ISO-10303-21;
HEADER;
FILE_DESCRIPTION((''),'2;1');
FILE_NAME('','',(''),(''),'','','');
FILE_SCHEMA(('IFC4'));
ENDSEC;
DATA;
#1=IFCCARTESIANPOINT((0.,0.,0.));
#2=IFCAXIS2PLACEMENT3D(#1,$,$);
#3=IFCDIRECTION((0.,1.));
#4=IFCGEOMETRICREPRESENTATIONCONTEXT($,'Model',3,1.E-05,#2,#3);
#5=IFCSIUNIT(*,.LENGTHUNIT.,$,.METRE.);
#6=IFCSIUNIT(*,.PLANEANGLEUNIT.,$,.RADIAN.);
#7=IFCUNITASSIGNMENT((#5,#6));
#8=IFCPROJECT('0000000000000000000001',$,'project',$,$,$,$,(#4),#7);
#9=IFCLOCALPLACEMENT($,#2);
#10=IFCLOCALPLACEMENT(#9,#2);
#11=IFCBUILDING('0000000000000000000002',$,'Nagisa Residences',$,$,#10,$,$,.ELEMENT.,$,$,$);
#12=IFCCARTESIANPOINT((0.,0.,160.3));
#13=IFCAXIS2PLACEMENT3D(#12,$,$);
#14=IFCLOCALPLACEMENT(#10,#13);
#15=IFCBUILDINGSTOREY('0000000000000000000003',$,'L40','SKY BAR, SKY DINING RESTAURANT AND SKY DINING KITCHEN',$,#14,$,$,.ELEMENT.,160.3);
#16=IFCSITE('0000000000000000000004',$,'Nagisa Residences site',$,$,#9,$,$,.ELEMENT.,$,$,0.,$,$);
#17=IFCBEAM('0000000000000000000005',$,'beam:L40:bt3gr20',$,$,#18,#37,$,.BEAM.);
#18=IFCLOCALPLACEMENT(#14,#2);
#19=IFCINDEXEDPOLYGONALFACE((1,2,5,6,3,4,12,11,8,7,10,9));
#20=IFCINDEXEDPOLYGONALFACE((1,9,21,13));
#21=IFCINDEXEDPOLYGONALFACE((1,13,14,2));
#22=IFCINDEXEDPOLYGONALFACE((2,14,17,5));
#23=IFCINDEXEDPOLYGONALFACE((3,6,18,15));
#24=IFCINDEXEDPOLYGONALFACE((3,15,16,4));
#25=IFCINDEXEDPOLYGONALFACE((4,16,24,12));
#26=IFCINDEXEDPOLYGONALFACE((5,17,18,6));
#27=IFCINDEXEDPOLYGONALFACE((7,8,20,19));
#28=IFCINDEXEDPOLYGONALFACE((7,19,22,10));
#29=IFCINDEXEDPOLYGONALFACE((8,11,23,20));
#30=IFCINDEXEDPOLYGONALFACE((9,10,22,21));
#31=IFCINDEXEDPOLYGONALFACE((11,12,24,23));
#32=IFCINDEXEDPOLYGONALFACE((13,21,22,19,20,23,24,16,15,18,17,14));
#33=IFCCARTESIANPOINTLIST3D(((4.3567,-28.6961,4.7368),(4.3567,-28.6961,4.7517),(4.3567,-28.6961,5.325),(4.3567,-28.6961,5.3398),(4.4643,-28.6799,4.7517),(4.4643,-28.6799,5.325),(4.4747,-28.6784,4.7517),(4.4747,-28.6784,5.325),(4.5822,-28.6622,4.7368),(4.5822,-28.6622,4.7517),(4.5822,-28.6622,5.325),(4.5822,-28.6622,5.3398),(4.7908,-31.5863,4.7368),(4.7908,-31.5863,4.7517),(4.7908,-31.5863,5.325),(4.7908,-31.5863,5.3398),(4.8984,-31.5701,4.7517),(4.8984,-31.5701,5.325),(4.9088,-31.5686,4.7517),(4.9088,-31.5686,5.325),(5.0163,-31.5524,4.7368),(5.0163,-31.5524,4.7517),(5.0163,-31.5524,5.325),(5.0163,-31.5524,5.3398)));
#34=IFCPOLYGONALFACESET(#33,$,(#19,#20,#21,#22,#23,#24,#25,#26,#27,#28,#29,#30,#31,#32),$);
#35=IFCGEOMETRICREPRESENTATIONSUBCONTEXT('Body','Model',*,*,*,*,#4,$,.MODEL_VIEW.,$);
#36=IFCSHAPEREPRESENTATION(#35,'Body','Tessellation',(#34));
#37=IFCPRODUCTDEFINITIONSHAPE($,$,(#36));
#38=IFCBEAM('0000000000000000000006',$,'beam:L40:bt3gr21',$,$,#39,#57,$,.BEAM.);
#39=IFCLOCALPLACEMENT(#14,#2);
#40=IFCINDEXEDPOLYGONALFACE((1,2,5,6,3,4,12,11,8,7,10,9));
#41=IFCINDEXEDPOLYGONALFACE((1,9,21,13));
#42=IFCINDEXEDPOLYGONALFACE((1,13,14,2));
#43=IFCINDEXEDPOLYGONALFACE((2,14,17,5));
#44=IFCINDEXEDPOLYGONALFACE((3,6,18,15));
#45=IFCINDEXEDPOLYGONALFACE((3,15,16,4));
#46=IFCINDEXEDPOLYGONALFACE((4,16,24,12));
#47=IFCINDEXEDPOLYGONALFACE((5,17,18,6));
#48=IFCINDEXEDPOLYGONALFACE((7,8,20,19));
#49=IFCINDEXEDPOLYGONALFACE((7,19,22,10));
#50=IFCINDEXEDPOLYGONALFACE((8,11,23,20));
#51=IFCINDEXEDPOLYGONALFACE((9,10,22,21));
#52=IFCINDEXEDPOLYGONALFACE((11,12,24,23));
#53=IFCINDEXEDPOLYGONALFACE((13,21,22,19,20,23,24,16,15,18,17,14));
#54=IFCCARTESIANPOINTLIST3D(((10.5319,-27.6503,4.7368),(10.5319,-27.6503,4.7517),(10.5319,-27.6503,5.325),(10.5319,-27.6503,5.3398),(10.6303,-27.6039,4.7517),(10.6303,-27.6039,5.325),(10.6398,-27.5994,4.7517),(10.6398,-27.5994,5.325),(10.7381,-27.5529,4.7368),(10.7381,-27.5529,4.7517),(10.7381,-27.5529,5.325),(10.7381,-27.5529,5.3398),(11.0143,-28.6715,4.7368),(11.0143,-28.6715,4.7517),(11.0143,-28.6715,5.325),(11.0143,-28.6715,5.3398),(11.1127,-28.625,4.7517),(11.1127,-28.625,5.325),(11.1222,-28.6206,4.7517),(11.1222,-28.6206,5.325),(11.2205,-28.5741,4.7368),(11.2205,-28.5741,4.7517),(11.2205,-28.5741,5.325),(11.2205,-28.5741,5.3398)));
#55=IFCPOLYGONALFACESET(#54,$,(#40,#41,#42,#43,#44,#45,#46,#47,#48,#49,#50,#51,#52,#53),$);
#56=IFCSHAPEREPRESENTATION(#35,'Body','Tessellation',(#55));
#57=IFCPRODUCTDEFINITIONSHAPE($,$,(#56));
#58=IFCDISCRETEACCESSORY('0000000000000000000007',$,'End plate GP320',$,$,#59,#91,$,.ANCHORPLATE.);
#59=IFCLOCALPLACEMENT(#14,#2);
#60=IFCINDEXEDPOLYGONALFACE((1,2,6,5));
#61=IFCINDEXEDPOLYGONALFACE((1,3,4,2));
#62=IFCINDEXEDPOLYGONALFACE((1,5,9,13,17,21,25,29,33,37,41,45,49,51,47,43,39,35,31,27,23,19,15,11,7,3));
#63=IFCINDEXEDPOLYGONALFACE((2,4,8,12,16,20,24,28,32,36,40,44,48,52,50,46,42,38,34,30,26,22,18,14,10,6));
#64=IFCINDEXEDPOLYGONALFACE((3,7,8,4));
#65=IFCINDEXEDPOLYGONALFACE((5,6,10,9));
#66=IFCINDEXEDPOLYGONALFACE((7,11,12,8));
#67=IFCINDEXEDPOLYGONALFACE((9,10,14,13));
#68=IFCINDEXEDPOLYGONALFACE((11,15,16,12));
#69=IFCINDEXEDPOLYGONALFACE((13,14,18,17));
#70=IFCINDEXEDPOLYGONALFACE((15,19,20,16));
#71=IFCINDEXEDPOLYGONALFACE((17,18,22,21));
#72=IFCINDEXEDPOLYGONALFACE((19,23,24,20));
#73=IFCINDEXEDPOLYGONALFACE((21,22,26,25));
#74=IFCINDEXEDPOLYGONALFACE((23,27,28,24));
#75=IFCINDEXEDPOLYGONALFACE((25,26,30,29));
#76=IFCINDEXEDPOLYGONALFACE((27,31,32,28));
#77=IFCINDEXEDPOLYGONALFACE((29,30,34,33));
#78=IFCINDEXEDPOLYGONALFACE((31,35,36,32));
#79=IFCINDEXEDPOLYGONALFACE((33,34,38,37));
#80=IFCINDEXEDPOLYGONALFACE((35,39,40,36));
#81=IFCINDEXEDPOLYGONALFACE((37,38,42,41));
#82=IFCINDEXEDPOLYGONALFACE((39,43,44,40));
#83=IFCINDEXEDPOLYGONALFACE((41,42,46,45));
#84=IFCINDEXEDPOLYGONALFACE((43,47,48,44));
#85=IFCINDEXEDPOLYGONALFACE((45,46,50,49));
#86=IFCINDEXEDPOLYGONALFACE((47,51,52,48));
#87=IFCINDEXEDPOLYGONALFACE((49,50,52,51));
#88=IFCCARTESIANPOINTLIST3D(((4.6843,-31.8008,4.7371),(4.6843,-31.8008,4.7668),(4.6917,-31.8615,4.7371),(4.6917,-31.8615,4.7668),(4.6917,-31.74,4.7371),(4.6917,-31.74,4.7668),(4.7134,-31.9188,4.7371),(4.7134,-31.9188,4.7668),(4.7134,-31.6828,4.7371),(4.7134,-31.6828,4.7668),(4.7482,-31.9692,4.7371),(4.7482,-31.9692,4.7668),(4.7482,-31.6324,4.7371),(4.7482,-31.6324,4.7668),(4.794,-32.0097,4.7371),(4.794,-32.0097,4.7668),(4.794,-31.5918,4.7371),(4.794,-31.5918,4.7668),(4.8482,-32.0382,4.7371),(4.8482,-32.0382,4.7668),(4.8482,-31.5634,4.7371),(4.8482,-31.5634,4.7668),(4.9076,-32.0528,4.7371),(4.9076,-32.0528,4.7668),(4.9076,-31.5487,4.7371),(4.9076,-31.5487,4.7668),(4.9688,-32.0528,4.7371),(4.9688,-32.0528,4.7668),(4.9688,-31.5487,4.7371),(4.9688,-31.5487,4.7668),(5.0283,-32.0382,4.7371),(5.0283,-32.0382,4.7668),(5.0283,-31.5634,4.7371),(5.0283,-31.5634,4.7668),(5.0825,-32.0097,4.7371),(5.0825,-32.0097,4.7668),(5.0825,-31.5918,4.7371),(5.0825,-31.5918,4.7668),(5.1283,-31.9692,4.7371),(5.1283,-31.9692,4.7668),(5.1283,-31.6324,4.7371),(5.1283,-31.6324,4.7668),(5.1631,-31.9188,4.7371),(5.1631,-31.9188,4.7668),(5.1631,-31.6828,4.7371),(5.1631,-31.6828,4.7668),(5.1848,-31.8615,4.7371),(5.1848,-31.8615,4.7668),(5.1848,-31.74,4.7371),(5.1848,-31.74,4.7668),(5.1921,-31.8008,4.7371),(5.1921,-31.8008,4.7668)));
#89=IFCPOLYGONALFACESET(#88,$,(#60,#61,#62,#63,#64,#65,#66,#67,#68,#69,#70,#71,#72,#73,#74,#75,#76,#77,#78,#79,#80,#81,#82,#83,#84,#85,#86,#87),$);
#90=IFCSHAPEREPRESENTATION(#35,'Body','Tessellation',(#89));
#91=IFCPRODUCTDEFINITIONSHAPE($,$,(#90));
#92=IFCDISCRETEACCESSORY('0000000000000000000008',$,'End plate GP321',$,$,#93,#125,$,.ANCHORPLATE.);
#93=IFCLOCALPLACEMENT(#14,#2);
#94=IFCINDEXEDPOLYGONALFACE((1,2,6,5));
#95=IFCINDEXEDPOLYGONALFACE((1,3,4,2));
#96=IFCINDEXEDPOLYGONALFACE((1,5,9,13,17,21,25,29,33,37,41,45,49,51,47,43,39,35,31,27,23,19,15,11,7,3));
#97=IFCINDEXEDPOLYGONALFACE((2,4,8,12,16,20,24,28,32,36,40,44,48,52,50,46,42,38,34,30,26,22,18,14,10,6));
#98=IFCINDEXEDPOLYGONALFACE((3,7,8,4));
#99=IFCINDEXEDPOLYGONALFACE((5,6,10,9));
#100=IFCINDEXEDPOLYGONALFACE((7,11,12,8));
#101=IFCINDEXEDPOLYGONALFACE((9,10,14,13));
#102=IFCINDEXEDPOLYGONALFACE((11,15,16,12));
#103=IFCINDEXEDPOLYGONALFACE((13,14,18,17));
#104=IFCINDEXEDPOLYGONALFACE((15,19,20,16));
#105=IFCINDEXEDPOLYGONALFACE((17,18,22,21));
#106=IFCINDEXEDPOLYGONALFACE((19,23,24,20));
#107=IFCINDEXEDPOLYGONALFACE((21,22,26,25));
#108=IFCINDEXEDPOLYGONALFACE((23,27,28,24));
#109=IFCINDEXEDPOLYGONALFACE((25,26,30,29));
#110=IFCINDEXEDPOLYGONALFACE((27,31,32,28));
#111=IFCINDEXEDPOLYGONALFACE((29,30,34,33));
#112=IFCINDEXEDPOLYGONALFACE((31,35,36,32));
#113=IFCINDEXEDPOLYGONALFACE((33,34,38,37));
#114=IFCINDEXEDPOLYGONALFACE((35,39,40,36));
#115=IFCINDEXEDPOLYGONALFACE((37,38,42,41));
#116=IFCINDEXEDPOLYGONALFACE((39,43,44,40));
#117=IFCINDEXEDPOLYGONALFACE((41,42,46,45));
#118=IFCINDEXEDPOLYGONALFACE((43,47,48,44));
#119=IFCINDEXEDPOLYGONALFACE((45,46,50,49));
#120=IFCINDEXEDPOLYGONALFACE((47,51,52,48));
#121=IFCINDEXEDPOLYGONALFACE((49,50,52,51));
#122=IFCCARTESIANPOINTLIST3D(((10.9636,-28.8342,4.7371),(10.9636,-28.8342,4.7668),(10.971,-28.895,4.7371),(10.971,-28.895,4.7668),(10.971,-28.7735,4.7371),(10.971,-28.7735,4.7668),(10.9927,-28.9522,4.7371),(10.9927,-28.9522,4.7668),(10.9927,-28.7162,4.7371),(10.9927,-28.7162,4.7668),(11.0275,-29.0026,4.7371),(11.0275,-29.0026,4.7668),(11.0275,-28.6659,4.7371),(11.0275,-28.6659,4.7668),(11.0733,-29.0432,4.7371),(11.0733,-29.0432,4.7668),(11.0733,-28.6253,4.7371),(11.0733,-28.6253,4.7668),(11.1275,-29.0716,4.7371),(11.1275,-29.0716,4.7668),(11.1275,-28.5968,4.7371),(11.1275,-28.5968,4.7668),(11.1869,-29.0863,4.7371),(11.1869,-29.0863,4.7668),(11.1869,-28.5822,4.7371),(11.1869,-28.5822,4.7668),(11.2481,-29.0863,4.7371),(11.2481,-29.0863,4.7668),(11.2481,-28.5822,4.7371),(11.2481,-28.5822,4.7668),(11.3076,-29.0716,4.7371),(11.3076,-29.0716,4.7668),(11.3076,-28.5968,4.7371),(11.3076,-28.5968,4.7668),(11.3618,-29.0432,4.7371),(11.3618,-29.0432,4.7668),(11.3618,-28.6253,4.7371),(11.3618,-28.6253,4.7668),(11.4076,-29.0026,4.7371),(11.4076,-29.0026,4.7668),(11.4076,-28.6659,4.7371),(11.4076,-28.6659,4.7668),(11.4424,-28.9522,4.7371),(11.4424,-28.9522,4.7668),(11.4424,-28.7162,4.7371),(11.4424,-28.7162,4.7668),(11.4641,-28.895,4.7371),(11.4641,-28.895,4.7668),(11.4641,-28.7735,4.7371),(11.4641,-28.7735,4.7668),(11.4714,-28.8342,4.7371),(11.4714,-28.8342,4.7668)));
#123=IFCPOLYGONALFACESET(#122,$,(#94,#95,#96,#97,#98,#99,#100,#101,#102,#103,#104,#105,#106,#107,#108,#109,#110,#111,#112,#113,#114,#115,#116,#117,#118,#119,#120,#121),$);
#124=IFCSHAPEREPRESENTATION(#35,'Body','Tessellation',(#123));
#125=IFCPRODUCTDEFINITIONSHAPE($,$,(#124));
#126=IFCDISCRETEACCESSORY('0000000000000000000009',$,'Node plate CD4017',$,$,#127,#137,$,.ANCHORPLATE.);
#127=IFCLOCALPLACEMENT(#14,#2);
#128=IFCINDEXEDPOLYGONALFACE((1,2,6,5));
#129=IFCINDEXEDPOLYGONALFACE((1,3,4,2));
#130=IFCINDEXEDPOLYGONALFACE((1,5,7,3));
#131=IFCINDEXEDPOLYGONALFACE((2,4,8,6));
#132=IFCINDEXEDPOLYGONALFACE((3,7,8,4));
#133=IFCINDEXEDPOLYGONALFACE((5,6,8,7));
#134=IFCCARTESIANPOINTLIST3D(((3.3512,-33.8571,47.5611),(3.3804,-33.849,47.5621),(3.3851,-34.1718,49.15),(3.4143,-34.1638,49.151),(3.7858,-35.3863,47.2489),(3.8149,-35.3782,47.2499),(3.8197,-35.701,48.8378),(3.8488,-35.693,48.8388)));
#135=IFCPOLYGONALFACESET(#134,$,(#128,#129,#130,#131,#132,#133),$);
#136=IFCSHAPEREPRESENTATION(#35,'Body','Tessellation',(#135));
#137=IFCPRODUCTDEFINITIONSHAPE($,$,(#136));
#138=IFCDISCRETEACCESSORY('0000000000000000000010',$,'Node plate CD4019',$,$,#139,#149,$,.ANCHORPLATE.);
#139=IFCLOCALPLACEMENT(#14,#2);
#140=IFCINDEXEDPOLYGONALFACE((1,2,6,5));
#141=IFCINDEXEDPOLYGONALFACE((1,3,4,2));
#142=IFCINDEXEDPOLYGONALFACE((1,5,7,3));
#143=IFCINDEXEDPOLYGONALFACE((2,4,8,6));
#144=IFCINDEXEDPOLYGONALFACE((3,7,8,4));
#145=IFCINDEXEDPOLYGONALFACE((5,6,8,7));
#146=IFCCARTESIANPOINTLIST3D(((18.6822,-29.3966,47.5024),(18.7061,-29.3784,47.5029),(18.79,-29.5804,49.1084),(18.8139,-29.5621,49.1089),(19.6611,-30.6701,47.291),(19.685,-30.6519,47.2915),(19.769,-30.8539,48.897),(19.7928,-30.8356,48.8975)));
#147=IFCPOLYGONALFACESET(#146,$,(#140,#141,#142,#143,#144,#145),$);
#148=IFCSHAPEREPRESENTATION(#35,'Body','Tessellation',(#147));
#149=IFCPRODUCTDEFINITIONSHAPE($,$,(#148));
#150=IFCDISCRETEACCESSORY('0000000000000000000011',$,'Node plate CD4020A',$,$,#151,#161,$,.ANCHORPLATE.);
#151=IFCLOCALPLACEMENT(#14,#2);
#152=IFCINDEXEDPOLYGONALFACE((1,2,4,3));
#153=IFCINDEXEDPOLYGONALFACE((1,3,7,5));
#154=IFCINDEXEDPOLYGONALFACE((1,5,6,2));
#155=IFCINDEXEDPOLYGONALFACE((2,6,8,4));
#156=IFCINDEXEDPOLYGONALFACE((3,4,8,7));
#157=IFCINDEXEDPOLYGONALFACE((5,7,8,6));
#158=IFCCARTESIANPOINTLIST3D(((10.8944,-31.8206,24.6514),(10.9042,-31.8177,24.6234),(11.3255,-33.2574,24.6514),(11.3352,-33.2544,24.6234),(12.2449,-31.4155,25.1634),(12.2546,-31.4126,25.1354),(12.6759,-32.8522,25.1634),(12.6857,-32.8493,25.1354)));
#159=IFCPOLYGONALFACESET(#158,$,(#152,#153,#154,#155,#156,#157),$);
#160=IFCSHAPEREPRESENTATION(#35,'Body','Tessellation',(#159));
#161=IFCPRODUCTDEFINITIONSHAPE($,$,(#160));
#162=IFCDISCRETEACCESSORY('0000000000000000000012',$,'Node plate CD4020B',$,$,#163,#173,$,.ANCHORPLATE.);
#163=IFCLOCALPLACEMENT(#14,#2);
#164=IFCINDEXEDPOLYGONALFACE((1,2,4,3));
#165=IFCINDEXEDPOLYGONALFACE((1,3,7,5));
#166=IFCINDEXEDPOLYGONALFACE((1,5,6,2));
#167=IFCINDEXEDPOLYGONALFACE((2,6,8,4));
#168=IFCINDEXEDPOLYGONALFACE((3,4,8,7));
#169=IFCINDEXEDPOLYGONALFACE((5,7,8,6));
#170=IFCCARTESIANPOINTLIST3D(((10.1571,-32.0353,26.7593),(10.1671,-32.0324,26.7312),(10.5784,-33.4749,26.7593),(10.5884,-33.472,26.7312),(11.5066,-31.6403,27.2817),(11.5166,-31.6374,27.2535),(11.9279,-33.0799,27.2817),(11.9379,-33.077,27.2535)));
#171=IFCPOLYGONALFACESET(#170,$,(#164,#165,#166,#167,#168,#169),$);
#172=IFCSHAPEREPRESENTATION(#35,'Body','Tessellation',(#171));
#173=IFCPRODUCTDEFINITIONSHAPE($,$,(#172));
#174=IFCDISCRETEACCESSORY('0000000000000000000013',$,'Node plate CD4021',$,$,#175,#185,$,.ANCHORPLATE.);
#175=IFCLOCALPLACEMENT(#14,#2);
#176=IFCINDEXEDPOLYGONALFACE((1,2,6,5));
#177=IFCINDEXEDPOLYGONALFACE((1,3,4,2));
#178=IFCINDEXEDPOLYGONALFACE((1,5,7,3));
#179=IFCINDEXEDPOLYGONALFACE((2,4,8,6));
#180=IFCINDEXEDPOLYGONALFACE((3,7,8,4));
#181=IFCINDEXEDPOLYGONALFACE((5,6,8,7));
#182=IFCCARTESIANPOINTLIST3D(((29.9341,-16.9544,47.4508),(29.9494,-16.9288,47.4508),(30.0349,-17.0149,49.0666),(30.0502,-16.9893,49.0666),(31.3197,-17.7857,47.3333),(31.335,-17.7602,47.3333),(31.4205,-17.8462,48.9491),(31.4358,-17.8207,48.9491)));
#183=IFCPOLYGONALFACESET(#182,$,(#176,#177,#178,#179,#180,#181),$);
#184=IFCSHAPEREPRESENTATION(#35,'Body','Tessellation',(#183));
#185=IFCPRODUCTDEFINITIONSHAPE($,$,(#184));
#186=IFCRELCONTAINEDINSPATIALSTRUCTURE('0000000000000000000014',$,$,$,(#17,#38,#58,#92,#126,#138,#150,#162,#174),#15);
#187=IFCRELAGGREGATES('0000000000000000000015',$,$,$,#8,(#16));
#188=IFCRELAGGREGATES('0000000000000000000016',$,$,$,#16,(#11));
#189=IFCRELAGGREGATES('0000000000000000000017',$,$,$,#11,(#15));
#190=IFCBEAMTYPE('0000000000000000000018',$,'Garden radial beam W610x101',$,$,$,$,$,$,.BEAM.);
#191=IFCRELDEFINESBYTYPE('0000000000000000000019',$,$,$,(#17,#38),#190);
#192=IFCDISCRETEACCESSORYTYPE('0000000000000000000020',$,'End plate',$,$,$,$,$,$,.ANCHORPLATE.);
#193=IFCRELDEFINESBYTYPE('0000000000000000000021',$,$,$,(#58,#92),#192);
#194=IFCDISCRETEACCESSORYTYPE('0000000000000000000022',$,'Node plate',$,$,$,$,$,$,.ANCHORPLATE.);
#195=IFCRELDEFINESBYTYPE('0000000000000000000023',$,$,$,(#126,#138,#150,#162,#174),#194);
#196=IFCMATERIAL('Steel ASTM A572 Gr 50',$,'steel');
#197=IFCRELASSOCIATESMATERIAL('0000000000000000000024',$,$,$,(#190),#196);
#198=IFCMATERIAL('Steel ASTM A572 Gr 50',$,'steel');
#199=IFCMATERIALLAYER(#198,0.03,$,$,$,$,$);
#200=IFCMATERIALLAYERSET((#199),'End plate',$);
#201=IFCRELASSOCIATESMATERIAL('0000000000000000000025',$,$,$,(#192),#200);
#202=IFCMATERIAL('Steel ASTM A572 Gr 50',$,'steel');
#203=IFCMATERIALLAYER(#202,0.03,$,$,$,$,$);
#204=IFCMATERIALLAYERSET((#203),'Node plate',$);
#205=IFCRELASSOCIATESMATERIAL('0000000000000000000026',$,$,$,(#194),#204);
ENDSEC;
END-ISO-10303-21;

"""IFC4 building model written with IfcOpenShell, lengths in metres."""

from ifc_helpers import new_model, si_unit, direction, frame, origin, origin_2d, place, context, subcontext, project, spatial, rectangle, circle, i_section, extrude, material, layer, layer_set, material_profile, profile_set, type_object, element, save


model = new_model("IFC4")

# Units and contexts
model_context = context("Model", 3, precision=1e-05, world=origin(), true_north=direction((0.0, 1.0)))
body_context = subcontext(model_context, "Body", "Model", "MODEL_VIEW")
ifc_project = project(units=[si_unit("LENGTHUNIT", "METRE"), si_unit("PLANEANGLEUNIT", "RADIAN")], contexts=[model_context])

# Site, building, storey
site_placement = place(None, origin())
site = spatial("IfcSite", under=ifc_project, at=site_placement, Name="Nagisa Residences site", CompositionType="ELEMENT", RefElevation=0.0)
building_placement = place(site_placement, origin())
building = spatial("IfcBuilding", under=site, at=building_placement, Name="Nagisa Residences", CompositionType="ELEMENT")
storey_placement = place(building_placement, frame((0.0, 0.0, 160.3)))
storey = spatial("IfcBuildingStorey", under=building, at=storey_placement, Name="L40", Description="SKY BAR, SKY DINING RESTAURANT AND SKY DINING KITCHEN", CompositionType="ELEMENT", Elevation=160.3)

# Beams
ifc_material_1 = material(Name="Steel ASTM A572 Gr 50", Category="steel")
ifc_material_profile_1 = material_profile(ifc_material_1, i_section(OverallWidth=0.228, OverallDepth=0.603, WebThickness=0.0105, FlangeThickness=0.0149, at=origin_2d()), Name="W610x101")
ifc_profile_set_1 = profile_set([ifc_material_profile_1], Name="Steel ASTM A572 Gr 50")
beam_type_1 = type_object("IfcBeamType", Name="Garden radial beam W610x101", PredefinedType="BEAM", material=ifc_profile_set_1)
beam_1_placement = place(storey_placement, frame((4.9036, -31.5693, 5.0383), z_axis=(-0.148528, 0.988908, 0.0), x_axis=(-0.988908, -0.148528, 0.0)))
element("IfcBeam", 1, at=beam_1_placement, inside=storey, type_object=beam_type_1, Name="beam:L40:bt3gr20", PredefinedType="BEAM", context=body_context, shape_type="SweptSolid", body=[
    extrude(i_section(OverallWidth=0.228, OverallDepth=0.603, WebThickness=0.0105, FlangeThickness=0.0149, at=origin_2d()), origin(), (0.0, 0.0, 1.0), 2.9226),
])
beam_2_placement = place(storey_placement, frame((11.1174, -28.6228, 5.0383), z_axis=(-0.427129, 0.904191, 0.0), x_axis=(-0.904191, -0.427129, 0.0)))
element("IfcBeam", 2, at=beam_2_placement, inside=storey, type_object=beam_type_1, Name="beam:L40:bt3gr21", PredefinedType="BEAM", context=body_context, shape_type="SweptSolid", body=[
    extrude(i_section(OverallWidth=0.228, OverallDepth=0.603, WebThickness=0.0105, FlangeThickness=0.0149, at=origin_2d()), origin(), (0.0, 0.0, 1.0), 1.1294),
])

# Discrete accessories
ifc_material_2 = material(Name="Steel ASTM A572 Gr 50", Category="steel")
ifc_layer_1 = layer(ifc_material_2, 0.03)
ifc_layer_set_1 = layer_set([ifc_layer_1], Name="End plate")
discrete_accessory_type_1 = type_object("IfcDiscreteAccessoryType", Name="End plate", PredefinedType="ANCHORPLATE", material=ifc_layer_set_1)
for number, where, z_axis, x_axis, name in (
    (3, (4.9382, -31.8008, 4.7371), (0.0, 0.0, 1.0), (1.0, 0.0, 0.0), "End plate GP320"),
    (4, (11.2175, -28.8342, 4.7371), (0.0, 0.0, 1.0), (1.0, 0.0, 0.0), "End plate GP321"),
):
    element("IfcDiscreteAccessory", number, at=place(storey_placement, frame(where, z_axis=z_axis, x_axis=x_axis)), inside=storey, type_object=discrete_accessory_type_1, Name=name, PredefinedType="ANCHORPLATE", context=body_context, shape_type="SweptSolid", body=[
        extrude(circle(Radius=0.2539, at=origin_2d()), origin(), (0.0, 0.0, 1.0), 0.0298),
    ])
ifc_material_3 = material(Name="Steel ASTM A572 Gr 50", Category="steel")
ifc_layer_2 = layer(ifc_material_3, 0.03)
ifc_layer_set_2 = layer_set([ifc_layer_2], Name="Node plate")
discrete_accessory_type_2 = type_object("IfcDiscreteAccessoryType", Name="Node plate", PredefinedType="ANCHORPLATE", material=ifc_layer_set_2)
discrete_accessory_1_placement = place(storey_placement, frame((3.5854, -34.7791, 48.1995), z_axis=(0.963129, 0.267086, 0.032374), x_axis=(-0.020915, 0.194294, -0.98072)))
element("IfcDiscreteAccessory", 5, at=discrete_accessory_1_placement, inside=storey, type_object=discrete_accessory_type_2, Name="Node plate CD4017", PredefinedType="ANCHORPLATE", context=body_context, shape_type="SweptSolid", body=[
    extrude(rectangle(XDim=1.6201, YDim=1.6201, at=origin_2d()), origin(), (0.0, 0.0, 1.0), 0.0303),
])
discrete_accessory_2_placement = place(storey_placement, frame((19.2256, -30.1252, 48.1997), z_axis=(0.794023, 0.607671, 0.016205), x_axis=(-0.066553, 0.113397, -0.991318)))
element("IfcDiscreteAccessory", 6, at=discrete_accessory_2_placement, inside=storey, type_object=discrete_accessory_type_2, Name="Node plate CD4019", PredefinedType="ANCHORPLATE", context=body_context, shape_type="SweptSolid", body=[
    extrude(rectangle(XDim=1.6201, YDim=1.6201, at=origin_2d()), origin(), (0.0, 0.0, 1.0), 0.03),
])
discrete_accessory_3_placement = place(storey_placement, frame((11.7949, -32.3335, 24.8794), z_axis=(-0.326937, -0.098081, 0.939943), x_axis=(0.287348, -0.957826, 0.0)))
element("IfcDiscreteAccessory", 7, at=discrete_accessory_3_placement, inside=storey, type_object=discrete_accessory_type_2, Name="Node plate CD4020A", PredefinedType="ANCHORPLATE", context=body_context, shape_type="SweptSolid", body=[
    extrude(rectangle(XDim=1.5, YDim=1.5, at=origin_2d()), origin(), (0.0, 0.0, 1.0), 0.0298),
])
discrete_accessory_4_placement = place(storey_placement, frame((11.0425, -32.5576, 27.0205), z_axis=(0.334207, 0.097817, -0.93741), x_axis=(-0.280899, 0.959737, 0.0)))
element("IfcDiscreteAccessory", 8, at=discrete_accessory_4_placement, inside=storey, type_object=discrete_accessory_type_2, Name="Node plate CD4020B", PredefinedType="ANCHORPLATE", context=body_context, shape_type="SweptSolid", body=[
    extrude(rectangle(XDim=1.5, YDim=1.5, at=origin_2d()), origin(), (0.0, 0.0, 1.0), 0.03),
])
discrete_accessory_5_placement = place(storey_placement, frame((30.6926, -17.3748, 48.2), z_axis=(-0.514496, -0.857493, 0.0), x_axis=(-0.062206, 0.037324, -0.997365)))
element("IfcDiscreteAccessory", 9, at=discrete_accessory_5_placement, inside=storey, type_object=discrete_accessory_type_2, Name="Node plate CD4021", PredefinedType="ANCHORPLATE", context=body_context, shape_type="SweptSolid", body=[
    extrude(rectangle(XDim=1.6201, YDim=1.6201, at=origin_2d()), origin(), (0.0, 0.0, 1.0), 0.0298),
])

save(model, "model.ifc")
